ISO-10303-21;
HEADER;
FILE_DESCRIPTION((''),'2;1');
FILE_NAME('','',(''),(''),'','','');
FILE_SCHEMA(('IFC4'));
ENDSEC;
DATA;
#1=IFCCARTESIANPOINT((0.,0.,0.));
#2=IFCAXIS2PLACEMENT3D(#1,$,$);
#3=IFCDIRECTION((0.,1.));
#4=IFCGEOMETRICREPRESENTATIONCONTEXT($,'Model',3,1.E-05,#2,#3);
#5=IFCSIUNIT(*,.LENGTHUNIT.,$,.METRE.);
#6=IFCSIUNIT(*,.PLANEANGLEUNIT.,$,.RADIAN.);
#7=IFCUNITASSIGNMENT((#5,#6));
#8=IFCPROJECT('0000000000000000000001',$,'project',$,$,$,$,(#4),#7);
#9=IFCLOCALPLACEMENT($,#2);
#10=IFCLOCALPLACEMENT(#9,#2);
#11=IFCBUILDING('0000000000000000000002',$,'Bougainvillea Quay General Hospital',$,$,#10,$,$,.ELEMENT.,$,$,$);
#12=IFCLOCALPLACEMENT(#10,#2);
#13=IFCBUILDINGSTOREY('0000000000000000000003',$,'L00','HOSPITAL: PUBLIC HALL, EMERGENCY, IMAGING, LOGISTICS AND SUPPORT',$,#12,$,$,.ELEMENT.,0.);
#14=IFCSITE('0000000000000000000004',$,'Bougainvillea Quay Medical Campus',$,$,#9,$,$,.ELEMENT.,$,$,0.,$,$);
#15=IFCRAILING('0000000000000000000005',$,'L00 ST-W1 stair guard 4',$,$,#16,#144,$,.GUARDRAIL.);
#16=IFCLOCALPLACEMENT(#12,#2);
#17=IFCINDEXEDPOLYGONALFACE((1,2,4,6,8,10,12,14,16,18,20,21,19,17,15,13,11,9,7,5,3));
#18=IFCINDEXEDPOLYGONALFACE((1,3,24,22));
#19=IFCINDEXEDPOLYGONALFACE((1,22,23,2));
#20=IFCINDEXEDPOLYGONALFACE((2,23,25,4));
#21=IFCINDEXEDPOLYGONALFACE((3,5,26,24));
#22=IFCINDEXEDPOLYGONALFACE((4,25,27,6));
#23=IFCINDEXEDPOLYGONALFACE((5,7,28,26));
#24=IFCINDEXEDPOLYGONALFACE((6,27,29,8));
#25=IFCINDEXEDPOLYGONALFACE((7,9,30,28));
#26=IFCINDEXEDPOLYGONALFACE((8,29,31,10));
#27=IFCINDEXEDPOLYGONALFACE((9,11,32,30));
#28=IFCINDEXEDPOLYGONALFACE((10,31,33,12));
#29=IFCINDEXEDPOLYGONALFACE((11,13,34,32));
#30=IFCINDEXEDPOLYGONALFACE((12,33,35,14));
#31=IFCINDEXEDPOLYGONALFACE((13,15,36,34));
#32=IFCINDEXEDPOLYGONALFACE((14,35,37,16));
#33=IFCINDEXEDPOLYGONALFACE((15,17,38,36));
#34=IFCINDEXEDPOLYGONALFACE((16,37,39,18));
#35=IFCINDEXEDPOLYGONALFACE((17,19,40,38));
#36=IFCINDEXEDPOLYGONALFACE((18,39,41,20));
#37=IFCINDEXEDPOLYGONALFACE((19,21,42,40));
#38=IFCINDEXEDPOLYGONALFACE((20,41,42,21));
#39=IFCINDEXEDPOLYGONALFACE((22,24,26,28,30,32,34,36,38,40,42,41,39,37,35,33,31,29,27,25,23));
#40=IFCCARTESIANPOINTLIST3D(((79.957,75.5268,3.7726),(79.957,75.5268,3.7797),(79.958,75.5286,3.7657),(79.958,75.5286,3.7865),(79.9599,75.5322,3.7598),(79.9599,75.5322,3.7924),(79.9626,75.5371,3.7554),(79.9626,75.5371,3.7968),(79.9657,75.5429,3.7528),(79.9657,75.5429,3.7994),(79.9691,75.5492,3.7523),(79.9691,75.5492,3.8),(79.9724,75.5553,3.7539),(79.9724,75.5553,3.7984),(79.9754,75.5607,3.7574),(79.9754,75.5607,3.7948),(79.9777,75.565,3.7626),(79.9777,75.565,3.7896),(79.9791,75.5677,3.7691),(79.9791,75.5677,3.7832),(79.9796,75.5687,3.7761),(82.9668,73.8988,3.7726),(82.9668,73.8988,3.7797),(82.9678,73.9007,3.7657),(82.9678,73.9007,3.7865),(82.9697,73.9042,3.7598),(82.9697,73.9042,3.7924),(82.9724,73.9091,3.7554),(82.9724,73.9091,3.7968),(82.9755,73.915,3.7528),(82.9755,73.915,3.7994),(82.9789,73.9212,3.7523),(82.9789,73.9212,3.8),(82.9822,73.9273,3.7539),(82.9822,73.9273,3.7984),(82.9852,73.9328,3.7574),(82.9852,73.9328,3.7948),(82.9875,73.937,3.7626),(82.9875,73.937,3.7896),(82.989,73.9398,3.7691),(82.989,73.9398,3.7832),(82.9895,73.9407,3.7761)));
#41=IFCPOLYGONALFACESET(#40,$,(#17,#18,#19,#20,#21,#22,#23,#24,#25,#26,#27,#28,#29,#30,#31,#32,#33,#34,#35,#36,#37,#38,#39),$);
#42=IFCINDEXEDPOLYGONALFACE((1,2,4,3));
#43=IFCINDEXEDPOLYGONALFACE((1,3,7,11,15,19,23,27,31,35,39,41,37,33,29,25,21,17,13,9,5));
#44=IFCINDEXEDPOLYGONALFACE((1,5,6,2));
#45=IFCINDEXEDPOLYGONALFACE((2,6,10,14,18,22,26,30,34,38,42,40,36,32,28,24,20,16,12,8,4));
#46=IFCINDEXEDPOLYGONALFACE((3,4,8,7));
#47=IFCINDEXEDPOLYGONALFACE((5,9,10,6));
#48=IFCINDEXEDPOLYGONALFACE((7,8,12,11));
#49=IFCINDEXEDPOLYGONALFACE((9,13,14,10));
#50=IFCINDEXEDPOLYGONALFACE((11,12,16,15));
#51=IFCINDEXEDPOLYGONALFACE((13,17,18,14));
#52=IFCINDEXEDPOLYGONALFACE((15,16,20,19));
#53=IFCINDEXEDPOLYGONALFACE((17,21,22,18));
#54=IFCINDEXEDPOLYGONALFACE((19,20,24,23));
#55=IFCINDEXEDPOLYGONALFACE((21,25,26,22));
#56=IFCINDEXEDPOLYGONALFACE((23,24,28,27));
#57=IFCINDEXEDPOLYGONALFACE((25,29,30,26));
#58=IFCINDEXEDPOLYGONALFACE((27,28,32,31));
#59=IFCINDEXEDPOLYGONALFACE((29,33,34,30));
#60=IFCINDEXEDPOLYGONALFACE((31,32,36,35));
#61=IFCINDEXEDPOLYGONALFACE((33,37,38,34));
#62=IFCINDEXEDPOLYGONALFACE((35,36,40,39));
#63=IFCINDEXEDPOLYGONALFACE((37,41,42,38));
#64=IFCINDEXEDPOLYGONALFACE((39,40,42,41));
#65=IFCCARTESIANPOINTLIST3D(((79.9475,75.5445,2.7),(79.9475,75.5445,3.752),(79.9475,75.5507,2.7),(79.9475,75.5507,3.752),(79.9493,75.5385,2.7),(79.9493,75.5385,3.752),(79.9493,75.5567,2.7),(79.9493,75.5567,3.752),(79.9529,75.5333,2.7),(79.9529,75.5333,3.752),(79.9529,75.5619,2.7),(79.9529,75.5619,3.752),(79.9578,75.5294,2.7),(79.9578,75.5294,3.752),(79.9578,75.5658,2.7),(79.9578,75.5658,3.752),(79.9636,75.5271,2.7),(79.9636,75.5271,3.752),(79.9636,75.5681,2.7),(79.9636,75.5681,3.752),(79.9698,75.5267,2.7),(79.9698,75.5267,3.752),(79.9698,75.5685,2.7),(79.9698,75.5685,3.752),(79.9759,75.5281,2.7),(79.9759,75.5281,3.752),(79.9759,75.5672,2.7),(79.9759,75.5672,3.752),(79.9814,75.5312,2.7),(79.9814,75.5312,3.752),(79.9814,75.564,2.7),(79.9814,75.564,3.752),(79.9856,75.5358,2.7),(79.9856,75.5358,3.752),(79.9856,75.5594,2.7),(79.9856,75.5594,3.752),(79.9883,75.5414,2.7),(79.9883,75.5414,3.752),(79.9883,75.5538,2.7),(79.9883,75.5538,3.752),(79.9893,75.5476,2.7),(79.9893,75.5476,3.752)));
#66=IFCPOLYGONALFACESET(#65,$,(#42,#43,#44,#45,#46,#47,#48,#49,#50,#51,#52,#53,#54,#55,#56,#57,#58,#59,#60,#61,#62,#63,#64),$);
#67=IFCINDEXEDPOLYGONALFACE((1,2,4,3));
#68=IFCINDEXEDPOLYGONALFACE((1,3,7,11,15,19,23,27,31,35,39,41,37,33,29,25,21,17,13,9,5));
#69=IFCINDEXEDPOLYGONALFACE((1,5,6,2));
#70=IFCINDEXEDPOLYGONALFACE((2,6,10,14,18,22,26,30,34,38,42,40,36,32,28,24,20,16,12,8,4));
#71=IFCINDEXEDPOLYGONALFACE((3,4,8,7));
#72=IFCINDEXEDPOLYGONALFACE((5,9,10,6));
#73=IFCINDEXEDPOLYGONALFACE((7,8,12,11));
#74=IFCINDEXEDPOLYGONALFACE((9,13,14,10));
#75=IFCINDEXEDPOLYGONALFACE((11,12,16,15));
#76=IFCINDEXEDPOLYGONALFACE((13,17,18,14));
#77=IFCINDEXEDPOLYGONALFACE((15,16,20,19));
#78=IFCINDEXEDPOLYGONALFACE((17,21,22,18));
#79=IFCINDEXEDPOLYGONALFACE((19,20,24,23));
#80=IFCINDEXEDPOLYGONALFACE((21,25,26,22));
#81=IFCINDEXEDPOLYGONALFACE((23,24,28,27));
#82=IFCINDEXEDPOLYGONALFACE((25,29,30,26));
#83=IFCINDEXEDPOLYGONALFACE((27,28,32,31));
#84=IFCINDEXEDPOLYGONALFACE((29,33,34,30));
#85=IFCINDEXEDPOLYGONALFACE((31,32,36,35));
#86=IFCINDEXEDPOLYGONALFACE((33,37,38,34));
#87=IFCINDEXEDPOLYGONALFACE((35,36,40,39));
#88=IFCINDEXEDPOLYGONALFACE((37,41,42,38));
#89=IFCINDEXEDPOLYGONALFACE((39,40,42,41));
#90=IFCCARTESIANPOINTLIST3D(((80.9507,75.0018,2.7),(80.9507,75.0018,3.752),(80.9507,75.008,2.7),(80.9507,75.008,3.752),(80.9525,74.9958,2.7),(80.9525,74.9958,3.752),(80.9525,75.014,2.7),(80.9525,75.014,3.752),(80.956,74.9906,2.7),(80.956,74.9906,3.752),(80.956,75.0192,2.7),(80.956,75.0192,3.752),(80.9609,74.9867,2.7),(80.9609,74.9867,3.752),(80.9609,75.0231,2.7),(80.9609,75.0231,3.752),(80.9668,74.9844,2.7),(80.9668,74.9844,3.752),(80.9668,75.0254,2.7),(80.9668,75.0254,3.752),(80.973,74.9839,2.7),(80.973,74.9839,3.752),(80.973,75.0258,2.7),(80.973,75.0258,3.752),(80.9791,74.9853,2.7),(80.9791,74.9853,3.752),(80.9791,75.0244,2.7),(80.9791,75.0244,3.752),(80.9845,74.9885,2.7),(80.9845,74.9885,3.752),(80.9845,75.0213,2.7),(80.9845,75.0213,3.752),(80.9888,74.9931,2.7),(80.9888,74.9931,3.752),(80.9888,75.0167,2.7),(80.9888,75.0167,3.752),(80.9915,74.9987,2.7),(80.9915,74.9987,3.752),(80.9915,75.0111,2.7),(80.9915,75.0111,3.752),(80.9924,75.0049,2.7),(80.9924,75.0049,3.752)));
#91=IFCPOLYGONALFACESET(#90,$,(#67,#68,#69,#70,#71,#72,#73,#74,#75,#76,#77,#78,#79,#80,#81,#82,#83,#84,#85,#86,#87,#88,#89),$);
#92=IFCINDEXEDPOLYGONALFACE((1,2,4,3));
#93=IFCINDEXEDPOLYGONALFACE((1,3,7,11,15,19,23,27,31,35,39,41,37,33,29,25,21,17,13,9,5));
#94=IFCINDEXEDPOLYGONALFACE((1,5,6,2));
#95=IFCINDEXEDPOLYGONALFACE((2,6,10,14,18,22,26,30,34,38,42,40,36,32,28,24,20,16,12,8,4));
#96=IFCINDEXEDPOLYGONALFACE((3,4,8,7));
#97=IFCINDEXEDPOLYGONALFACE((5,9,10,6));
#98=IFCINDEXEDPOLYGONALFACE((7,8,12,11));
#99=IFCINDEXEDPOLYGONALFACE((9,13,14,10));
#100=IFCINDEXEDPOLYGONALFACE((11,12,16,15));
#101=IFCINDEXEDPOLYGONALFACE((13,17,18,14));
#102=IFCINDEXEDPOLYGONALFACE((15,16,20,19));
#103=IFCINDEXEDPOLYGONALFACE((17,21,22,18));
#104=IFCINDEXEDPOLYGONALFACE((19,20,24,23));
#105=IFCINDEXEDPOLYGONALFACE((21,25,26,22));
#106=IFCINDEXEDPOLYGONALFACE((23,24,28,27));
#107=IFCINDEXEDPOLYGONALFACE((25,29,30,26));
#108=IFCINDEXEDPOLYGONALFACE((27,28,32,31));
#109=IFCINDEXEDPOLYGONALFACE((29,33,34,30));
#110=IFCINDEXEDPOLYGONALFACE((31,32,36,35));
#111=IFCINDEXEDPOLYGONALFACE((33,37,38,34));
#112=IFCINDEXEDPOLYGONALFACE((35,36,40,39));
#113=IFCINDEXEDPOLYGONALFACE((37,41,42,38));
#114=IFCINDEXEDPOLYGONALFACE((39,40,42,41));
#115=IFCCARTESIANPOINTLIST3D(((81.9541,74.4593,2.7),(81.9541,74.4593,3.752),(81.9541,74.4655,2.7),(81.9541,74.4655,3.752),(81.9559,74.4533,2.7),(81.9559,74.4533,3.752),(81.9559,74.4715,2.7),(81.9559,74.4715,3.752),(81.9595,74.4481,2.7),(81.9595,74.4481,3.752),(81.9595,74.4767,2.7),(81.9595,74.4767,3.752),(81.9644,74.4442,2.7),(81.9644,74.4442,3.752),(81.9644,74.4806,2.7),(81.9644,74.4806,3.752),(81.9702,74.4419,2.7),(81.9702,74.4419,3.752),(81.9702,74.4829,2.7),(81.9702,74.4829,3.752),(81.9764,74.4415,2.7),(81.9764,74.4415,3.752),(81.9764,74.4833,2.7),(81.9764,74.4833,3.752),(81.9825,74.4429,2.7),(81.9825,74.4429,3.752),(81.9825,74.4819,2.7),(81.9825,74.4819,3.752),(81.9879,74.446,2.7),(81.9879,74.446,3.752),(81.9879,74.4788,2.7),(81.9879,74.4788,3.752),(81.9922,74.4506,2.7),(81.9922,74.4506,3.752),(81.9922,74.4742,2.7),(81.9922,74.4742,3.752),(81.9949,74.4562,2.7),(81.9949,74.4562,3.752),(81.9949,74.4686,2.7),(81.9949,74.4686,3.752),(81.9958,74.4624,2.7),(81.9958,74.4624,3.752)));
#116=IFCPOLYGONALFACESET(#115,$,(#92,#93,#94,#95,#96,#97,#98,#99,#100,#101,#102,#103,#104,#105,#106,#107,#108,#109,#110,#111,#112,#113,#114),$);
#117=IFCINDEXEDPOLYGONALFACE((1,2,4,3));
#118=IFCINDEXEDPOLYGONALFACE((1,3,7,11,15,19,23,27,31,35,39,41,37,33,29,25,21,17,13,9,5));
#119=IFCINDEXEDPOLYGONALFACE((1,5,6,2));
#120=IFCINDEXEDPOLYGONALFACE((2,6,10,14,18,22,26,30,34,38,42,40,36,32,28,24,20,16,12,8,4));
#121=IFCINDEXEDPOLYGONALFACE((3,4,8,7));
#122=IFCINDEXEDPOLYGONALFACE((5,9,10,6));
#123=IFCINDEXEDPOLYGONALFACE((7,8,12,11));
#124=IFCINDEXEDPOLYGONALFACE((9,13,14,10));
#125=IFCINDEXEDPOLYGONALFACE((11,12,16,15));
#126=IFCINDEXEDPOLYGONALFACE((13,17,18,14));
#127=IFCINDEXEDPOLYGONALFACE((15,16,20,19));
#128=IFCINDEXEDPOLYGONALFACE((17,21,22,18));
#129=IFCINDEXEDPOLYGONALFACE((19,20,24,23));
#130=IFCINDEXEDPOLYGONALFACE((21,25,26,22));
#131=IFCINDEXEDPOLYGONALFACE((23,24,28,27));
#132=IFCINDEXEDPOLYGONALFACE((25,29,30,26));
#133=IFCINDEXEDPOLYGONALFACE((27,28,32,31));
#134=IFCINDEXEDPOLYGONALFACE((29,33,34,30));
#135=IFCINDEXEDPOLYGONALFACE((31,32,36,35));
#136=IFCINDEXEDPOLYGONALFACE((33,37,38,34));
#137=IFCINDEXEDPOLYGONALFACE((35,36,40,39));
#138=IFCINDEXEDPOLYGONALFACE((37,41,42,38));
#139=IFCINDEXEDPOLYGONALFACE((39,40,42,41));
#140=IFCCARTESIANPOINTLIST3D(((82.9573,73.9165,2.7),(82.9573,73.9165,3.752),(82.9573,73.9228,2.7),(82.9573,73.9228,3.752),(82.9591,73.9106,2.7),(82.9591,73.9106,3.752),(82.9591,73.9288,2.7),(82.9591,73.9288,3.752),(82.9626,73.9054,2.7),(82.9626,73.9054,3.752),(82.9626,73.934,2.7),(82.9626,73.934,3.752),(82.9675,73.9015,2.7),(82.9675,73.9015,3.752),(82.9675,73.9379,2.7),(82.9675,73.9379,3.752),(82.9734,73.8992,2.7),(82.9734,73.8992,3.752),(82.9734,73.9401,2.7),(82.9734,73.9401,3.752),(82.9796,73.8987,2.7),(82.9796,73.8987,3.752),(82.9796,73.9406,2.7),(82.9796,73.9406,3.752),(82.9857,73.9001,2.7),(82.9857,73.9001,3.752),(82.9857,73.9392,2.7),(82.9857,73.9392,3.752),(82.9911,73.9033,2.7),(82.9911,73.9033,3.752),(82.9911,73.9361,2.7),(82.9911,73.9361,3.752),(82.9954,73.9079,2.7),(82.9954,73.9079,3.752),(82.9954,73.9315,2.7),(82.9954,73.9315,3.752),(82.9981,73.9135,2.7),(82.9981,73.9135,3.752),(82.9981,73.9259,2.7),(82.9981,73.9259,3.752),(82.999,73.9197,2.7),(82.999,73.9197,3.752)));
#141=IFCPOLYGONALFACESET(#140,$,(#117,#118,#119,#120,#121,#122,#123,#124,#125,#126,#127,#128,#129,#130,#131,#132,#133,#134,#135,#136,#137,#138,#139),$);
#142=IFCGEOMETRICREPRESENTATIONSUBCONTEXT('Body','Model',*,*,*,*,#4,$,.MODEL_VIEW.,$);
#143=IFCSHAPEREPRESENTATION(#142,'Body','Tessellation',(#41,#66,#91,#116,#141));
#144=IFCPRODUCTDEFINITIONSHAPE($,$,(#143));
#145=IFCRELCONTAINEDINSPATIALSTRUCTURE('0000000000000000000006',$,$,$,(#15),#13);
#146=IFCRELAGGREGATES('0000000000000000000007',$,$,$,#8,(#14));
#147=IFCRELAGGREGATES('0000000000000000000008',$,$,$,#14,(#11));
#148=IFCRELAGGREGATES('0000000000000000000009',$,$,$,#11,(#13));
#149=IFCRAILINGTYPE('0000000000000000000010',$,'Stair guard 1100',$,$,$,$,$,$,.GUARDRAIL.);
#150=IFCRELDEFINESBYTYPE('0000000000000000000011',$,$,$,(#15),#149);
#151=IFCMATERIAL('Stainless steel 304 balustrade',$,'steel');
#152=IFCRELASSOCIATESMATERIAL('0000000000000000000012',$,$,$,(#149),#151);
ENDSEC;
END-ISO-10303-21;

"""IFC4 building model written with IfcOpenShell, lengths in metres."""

from ifc_helpers import new_model, si_unit, direction, frame, origin, origin_2d, place, context, subcontext, project, spatial, circle, extrude, material, type_object, element, save


model = new_model("IFC4")

# Units and contexts
model_context = context("Model", 3, precision=1e-05, world=origin(), true_north=direction((0.0, 1.0)))
body_context = subcontext(model_context, "Body", "Model", "MODEL_VIEW")
ifc_project = project(units=[si_unit("LENGTHUNIT", "METRE"), si_unit("PLANEANGLEUNIT", "RADIAN")], contexts=[model_context])

# Site, building, storey
site_placement = place(None, origin())
site = spatial("IfcSite", under=ifc_project, at=site_placement, Name="Bougainvillea Quay Medical Campus", CompositionType="ELEMENT", RefElevation=0.0)
building_placement = place(site_placement, origin())
building = spatial("IfcBuilding", under=site, at=building_placement, Name="Bougainvillea Quay General Hospital", CompositionType="ELEMENT")
storey_placement = place(building_placement, origin())
storey = spatial("IfcBuildingStorey", under=building, at=storey_placement, Name="L00", Description="HOSPITAL: PUBLIC HALL, EMERGENCY, IMAGING, LOGISTICS AND SUPPORT", CompositionType="ELEMENT", Elevation=0.0)

# Railing
ifc_material_1 = material(Name="Stainless steel 304 balustrade", Category="steel")
railing_type_1 = type_object("IfcRailingType", Name="Stair guard 1100", PredefinedType="GUARDRAIL", material=ifc_material_1)
railing_1_placement = place(storey_placement, frame((79.9683, 75.5476, 2.7)))
element("IfcRailing", 1, at=railing_1_placement, inside=storey, type_object=railing_type_1, Name="L00 ST-W1 stair guard 4", PredefinedType="GUARDRAIL", context=body_context, shape_type="SweptSolid", body=[
    extrude(circle(Radius=0.0239, at=origin_2d()), frame((0.0, 0.0, 1.0762), z_axis=(0.879581, -0.47575, 0.0), x_axis=(0.47575, 0.879581, 0.0)), (0.0, 0.0, 1.0), 3.4219),
    extrude(circle(Radius=0.021, at=origin_2d()), origin(), (0.0, 0.0, 1.0), 1.052),
    extrude(circle(Radius=0.021, at=origin_2d()), frame((1.0032, -0.5427, 0.0)), (0.0, 0.0, 1.0), 1.052),
    extrude(circle(Radius=0.021, at=origin_2d()), frame((2.0066, -1.0852, 0.0)), (0.0, 0.0, 1.0), 1.052),
    extrude(circle(Radius=0.021, at=origin_2d()), frame((3.0098, -1.6279, 0.0)), (0.0, 0.0, 1.0), 1.052),
])

save(model, "model.ifc")
